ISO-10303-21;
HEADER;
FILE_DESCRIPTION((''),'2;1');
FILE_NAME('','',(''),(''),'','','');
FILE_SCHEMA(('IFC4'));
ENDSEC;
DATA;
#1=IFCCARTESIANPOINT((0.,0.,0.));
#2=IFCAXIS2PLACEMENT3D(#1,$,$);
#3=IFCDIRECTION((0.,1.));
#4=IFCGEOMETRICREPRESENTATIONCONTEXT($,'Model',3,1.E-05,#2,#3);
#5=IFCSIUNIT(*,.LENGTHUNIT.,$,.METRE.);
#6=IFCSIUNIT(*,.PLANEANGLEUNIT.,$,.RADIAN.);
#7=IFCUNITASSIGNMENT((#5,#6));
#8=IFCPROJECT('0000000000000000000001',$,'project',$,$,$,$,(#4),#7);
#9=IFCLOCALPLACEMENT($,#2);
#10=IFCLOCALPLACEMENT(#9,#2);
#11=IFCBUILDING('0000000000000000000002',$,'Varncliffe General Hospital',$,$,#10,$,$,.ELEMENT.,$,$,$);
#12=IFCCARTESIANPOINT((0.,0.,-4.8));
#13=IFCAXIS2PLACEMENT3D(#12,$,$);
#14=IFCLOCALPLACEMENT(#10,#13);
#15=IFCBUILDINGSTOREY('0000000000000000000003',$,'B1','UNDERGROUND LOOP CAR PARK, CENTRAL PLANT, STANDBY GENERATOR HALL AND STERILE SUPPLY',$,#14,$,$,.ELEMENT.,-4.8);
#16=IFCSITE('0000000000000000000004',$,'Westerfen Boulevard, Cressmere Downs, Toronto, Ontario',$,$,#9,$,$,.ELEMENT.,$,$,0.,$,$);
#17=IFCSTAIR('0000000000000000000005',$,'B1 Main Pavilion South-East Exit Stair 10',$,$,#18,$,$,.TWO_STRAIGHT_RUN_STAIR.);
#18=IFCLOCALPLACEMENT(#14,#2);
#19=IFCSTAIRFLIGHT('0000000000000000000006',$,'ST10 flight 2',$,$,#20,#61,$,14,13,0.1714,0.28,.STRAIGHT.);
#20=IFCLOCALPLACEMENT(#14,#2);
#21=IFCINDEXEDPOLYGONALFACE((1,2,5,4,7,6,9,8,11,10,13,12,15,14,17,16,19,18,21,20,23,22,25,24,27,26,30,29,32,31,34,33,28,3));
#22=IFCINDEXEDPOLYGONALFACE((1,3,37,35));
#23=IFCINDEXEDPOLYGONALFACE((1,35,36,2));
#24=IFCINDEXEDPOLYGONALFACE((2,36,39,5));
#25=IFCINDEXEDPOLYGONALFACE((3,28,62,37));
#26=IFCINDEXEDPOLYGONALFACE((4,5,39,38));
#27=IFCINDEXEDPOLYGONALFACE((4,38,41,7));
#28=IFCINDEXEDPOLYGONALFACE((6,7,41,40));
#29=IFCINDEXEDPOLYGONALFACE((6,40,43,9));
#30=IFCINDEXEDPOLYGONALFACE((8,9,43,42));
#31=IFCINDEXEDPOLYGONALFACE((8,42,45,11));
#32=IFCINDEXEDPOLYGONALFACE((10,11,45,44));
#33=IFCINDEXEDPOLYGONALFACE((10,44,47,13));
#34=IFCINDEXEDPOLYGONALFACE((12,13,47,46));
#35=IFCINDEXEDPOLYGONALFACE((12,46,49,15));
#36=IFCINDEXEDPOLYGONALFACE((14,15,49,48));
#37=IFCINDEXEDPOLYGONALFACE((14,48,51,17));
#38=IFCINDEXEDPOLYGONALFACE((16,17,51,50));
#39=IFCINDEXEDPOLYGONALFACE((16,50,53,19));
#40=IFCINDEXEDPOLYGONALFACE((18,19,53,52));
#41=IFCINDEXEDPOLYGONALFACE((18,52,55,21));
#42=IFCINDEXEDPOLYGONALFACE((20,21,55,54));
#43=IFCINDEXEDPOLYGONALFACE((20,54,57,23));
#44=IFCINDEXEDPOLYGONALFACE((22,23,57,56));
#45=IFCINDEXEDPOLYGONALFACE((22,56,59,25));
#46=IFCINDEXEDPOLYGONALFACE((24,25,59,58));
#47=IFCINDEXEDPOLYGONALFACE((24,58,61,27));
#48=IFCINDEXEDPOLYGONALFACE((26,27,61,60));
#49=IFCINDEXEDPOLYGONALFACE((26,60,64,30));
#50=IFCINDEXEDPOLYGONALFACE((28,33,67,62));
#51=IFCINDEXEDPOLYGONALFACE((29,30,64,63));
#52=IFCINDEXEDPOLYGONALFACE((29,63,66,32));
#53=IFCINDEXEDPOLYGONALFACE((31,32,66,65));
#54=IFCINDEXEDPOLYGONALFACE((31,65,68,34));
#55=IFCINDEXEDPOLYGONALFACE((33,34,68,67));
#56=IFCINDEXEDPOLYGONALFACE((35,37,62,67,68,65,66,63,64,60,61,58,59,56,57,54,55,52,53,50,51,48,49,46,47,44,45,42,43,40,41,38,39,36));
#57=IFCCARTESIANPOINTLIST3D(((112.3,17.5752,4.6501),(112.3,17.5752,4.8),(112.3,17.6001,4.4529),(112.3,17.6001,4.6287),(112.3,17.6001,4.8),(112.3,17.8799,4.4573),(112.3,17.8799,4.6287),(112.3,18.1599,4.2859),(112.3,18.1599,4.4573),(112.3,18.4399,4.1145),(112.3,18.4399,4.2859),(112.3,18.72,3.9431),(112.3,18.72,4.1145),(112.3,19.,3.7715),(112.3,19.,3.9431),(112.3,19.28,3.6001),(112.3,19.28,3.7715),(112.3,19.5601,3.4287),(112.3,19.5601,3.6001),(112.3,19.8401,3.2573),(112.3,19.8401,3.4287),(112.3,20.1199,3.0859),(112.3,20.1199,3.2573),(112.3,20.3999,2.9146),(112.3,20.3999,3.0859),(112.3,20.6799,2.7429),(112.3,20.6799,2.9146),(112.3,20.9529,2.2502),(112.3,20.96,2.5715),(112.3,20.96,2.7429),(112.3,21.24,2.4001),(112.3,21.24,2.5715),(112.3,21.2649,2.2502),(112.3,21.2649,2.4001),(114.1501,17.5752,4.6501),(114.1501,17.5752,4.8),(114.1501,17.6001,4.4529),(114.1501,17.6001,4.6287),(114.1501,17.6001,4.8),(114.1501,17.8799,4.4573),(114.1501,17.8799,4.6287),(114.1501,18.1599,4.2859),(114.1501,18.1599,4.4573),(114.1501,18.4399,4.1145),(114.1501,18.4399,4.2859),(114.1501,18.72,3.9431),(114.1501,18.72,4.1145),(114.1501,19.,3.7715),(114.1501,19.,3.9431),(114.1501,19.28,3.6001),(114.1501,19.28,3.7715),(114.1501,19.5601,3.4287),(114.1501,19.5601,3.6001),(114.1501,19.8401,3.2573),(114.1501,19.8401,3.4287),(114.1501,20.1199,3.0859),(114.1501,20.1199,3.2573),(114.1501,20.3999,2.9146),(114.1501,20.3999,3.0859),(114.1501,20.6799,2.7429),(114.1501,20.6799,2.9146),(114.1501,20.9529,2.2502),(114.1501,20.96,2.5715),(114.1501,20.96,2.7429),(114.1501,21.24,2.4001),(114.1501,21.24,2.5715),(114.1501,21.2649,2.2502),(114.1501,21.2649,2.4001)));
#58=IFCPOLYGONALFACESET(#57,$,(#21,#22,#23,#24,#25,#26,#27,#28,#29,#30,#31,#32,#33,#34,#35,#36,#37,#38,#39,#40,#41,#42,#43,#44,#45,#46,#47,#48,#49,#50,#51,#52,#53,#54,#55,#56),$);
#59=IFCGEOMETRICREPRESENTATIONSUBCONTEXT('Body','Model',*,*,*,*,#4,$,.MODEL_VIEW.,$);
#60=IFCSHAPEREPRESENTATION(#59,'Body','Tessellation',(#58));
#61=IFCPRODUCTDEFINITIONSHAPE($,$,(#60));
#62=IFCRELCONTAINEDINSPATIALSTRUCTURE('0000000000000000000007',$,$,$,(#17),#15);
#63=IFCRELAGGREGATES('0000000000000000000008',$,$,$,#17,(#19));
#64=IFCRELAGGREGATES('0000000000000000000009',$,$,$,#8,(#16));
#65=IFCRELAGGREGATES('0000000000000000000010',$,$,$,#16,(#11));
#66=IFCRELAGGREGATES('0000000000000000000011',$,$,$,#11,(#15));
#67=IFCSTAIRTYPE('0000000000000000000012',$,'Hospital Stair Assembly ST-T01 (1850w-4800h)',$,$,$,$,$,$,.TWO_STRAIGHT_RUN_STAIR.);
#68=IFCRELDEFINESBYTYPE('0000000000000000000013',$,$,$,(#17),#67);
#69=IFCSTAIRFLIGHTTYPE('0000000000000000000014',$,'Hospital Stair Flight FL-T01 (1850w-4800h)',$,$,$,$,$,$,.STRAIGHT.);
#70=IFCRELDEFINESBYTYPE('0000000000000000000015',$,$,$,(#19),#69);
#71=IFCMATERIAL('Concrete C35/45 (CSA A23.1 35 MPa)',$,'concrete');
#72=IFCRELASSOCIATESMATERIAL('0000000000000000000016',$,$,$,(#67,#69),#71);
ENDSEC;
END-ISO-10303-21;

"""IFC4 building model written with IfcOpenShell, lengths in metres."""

from ifc_helpers import new_model, si_unit, direction, frame, origin, place, context, subcontext, project, spatial, polyline, outline, extrude, material, type_object, element, aggregate, save


model = new_model("IFC4")

# Units and contexts
model_context = context("Model", 3, precision=1e-05, world=origin(), true_north=direction((0.0, 1.0)))
body_context = subcontext(model_context, "Body", "Model", "MODEL_VIEW")
ifc_project = project(units=[si_unit("LENGTHUNIT", "METRE"), si_unit("PLANEANGLEUNIT", "RADIAN")], contexts=[model_context])

# Site, building, storey
site_placement = place(None, origin())
site = spatial("IfcSite", under=ifc_project, at=site_placement, Name="Westerfen Boulevard, Cressmere Downs, Toronto, Ontario", CompositionType="ELEMENT", RefElevation=0.0)
building_placement = place(site_placement, origin())
building = spatial("IfcBuilding", under=site, at=building_placement, Name="Varncliffe General Hospital", CompositionType="ELEMENT")
storey_placement = place(building_placement, frame((0.0, 0.0, -4.8)))
storey = spatial("IfcBuildingStorey", under=building, at=storey_placement, Name="B1", Description="UNDERGROUND LOOP CAR PARK, CENTRAL PLANT, STANDBY GENERATOR HALL AND STERILE SUPPLY", CompositionType="ELEMENT", Elevation=-4.8)

# Shared definitions
ifc_material_1 = material(Name="Concrete C35/45 (CSA A23.1 35 MPa)", Category="concrete")

# Stair, stair flight
stair_type = type_object("IfcStairType", Name="Hospital Stair Assembly ST-T01 (1850w-4800h)", PredefinedType="TWO_STRAIGHT_RUN_STAIR", material=ifc_material_1)
stair_placement = place(storey_placement, origin())
stair = element("IfcStair", 1, at=stair_placement, inside=storey, type_object=stair_type, Name="B1 Main Pavilion South-East Exit Stair 10", PredefinedType="TWO_STRAIGHT_RUN_STAIR")
stair_flight_type = type_object("IfcStairFlightType", Name="Hospital Stair Flight FL-T01 (1850w-4800h)", PredefinedType="STRAIGHT", material=ifc_material_1)
stair_flight_placement = place(storey_placement, frame((113.2251, 21.24, 2.4001), z_axis=(0.0, 0.0, 1.0), x_axis=(0.0, -1.0, 0.0)))
stair_flight = element("IfcStairFlight", 2, at=stair_flight_placement, type_object=stair_flight_type, Name="ST10 flight 2", NumberOfRisers=14, NumberOfTreads=13, PredefinedType="STRAIGHT", RiserHeight=0.1714, TreadLength=0.28, context=body_context, shape_type="SweptSolid", body=[
    extrude(outline(polyline([(-0.0249, -0.1499), (-0.0249, 0.0), (0.0, 0.0), (0.0, 0.1714), (0.28, 0.1714), (0.28, 0.3428), (0.5601, 0.3428), (0.5601, 0.5144), (0.8401, 0.5144), (0.8401, 0.6858), (1.1201, 0.6858), (1.1201, 0.8572), (1.3999, 0.8572), (1.3999, 1.0286), (1.6799, 1.0286), (1.6799, 1.2), (1.96, 1.2), (1.96, 1.3713), (2.24, 1.3713), (2.24, 1.543), (2.52, 1.543), (2.52, 1.7144), (2.8, 1.7144), (2.8, 1.8857), (3.0801, 1.8857), (3.0801, 2.0571), (3.3601, 2.0571), (3.3601, 2.2285), (3.6399, 2.2285), (3.6399, 2.3999), (3.6648, 2.3999), (3.6648, 2.25), (3.6399, 2.0527), (0.2871, -0.1499), (-0.0249, -0.1499)])), frame((0.0, 0.925, 0.0), z_axis=(0.0, -1.0, 0.0), x_axis=(1.0, 0.0, 0.0)), (0.0, 0.0, 1.0), 1.8501),
])
aggregate(stair, [stair_flight])

save(model, "model.ifc")
